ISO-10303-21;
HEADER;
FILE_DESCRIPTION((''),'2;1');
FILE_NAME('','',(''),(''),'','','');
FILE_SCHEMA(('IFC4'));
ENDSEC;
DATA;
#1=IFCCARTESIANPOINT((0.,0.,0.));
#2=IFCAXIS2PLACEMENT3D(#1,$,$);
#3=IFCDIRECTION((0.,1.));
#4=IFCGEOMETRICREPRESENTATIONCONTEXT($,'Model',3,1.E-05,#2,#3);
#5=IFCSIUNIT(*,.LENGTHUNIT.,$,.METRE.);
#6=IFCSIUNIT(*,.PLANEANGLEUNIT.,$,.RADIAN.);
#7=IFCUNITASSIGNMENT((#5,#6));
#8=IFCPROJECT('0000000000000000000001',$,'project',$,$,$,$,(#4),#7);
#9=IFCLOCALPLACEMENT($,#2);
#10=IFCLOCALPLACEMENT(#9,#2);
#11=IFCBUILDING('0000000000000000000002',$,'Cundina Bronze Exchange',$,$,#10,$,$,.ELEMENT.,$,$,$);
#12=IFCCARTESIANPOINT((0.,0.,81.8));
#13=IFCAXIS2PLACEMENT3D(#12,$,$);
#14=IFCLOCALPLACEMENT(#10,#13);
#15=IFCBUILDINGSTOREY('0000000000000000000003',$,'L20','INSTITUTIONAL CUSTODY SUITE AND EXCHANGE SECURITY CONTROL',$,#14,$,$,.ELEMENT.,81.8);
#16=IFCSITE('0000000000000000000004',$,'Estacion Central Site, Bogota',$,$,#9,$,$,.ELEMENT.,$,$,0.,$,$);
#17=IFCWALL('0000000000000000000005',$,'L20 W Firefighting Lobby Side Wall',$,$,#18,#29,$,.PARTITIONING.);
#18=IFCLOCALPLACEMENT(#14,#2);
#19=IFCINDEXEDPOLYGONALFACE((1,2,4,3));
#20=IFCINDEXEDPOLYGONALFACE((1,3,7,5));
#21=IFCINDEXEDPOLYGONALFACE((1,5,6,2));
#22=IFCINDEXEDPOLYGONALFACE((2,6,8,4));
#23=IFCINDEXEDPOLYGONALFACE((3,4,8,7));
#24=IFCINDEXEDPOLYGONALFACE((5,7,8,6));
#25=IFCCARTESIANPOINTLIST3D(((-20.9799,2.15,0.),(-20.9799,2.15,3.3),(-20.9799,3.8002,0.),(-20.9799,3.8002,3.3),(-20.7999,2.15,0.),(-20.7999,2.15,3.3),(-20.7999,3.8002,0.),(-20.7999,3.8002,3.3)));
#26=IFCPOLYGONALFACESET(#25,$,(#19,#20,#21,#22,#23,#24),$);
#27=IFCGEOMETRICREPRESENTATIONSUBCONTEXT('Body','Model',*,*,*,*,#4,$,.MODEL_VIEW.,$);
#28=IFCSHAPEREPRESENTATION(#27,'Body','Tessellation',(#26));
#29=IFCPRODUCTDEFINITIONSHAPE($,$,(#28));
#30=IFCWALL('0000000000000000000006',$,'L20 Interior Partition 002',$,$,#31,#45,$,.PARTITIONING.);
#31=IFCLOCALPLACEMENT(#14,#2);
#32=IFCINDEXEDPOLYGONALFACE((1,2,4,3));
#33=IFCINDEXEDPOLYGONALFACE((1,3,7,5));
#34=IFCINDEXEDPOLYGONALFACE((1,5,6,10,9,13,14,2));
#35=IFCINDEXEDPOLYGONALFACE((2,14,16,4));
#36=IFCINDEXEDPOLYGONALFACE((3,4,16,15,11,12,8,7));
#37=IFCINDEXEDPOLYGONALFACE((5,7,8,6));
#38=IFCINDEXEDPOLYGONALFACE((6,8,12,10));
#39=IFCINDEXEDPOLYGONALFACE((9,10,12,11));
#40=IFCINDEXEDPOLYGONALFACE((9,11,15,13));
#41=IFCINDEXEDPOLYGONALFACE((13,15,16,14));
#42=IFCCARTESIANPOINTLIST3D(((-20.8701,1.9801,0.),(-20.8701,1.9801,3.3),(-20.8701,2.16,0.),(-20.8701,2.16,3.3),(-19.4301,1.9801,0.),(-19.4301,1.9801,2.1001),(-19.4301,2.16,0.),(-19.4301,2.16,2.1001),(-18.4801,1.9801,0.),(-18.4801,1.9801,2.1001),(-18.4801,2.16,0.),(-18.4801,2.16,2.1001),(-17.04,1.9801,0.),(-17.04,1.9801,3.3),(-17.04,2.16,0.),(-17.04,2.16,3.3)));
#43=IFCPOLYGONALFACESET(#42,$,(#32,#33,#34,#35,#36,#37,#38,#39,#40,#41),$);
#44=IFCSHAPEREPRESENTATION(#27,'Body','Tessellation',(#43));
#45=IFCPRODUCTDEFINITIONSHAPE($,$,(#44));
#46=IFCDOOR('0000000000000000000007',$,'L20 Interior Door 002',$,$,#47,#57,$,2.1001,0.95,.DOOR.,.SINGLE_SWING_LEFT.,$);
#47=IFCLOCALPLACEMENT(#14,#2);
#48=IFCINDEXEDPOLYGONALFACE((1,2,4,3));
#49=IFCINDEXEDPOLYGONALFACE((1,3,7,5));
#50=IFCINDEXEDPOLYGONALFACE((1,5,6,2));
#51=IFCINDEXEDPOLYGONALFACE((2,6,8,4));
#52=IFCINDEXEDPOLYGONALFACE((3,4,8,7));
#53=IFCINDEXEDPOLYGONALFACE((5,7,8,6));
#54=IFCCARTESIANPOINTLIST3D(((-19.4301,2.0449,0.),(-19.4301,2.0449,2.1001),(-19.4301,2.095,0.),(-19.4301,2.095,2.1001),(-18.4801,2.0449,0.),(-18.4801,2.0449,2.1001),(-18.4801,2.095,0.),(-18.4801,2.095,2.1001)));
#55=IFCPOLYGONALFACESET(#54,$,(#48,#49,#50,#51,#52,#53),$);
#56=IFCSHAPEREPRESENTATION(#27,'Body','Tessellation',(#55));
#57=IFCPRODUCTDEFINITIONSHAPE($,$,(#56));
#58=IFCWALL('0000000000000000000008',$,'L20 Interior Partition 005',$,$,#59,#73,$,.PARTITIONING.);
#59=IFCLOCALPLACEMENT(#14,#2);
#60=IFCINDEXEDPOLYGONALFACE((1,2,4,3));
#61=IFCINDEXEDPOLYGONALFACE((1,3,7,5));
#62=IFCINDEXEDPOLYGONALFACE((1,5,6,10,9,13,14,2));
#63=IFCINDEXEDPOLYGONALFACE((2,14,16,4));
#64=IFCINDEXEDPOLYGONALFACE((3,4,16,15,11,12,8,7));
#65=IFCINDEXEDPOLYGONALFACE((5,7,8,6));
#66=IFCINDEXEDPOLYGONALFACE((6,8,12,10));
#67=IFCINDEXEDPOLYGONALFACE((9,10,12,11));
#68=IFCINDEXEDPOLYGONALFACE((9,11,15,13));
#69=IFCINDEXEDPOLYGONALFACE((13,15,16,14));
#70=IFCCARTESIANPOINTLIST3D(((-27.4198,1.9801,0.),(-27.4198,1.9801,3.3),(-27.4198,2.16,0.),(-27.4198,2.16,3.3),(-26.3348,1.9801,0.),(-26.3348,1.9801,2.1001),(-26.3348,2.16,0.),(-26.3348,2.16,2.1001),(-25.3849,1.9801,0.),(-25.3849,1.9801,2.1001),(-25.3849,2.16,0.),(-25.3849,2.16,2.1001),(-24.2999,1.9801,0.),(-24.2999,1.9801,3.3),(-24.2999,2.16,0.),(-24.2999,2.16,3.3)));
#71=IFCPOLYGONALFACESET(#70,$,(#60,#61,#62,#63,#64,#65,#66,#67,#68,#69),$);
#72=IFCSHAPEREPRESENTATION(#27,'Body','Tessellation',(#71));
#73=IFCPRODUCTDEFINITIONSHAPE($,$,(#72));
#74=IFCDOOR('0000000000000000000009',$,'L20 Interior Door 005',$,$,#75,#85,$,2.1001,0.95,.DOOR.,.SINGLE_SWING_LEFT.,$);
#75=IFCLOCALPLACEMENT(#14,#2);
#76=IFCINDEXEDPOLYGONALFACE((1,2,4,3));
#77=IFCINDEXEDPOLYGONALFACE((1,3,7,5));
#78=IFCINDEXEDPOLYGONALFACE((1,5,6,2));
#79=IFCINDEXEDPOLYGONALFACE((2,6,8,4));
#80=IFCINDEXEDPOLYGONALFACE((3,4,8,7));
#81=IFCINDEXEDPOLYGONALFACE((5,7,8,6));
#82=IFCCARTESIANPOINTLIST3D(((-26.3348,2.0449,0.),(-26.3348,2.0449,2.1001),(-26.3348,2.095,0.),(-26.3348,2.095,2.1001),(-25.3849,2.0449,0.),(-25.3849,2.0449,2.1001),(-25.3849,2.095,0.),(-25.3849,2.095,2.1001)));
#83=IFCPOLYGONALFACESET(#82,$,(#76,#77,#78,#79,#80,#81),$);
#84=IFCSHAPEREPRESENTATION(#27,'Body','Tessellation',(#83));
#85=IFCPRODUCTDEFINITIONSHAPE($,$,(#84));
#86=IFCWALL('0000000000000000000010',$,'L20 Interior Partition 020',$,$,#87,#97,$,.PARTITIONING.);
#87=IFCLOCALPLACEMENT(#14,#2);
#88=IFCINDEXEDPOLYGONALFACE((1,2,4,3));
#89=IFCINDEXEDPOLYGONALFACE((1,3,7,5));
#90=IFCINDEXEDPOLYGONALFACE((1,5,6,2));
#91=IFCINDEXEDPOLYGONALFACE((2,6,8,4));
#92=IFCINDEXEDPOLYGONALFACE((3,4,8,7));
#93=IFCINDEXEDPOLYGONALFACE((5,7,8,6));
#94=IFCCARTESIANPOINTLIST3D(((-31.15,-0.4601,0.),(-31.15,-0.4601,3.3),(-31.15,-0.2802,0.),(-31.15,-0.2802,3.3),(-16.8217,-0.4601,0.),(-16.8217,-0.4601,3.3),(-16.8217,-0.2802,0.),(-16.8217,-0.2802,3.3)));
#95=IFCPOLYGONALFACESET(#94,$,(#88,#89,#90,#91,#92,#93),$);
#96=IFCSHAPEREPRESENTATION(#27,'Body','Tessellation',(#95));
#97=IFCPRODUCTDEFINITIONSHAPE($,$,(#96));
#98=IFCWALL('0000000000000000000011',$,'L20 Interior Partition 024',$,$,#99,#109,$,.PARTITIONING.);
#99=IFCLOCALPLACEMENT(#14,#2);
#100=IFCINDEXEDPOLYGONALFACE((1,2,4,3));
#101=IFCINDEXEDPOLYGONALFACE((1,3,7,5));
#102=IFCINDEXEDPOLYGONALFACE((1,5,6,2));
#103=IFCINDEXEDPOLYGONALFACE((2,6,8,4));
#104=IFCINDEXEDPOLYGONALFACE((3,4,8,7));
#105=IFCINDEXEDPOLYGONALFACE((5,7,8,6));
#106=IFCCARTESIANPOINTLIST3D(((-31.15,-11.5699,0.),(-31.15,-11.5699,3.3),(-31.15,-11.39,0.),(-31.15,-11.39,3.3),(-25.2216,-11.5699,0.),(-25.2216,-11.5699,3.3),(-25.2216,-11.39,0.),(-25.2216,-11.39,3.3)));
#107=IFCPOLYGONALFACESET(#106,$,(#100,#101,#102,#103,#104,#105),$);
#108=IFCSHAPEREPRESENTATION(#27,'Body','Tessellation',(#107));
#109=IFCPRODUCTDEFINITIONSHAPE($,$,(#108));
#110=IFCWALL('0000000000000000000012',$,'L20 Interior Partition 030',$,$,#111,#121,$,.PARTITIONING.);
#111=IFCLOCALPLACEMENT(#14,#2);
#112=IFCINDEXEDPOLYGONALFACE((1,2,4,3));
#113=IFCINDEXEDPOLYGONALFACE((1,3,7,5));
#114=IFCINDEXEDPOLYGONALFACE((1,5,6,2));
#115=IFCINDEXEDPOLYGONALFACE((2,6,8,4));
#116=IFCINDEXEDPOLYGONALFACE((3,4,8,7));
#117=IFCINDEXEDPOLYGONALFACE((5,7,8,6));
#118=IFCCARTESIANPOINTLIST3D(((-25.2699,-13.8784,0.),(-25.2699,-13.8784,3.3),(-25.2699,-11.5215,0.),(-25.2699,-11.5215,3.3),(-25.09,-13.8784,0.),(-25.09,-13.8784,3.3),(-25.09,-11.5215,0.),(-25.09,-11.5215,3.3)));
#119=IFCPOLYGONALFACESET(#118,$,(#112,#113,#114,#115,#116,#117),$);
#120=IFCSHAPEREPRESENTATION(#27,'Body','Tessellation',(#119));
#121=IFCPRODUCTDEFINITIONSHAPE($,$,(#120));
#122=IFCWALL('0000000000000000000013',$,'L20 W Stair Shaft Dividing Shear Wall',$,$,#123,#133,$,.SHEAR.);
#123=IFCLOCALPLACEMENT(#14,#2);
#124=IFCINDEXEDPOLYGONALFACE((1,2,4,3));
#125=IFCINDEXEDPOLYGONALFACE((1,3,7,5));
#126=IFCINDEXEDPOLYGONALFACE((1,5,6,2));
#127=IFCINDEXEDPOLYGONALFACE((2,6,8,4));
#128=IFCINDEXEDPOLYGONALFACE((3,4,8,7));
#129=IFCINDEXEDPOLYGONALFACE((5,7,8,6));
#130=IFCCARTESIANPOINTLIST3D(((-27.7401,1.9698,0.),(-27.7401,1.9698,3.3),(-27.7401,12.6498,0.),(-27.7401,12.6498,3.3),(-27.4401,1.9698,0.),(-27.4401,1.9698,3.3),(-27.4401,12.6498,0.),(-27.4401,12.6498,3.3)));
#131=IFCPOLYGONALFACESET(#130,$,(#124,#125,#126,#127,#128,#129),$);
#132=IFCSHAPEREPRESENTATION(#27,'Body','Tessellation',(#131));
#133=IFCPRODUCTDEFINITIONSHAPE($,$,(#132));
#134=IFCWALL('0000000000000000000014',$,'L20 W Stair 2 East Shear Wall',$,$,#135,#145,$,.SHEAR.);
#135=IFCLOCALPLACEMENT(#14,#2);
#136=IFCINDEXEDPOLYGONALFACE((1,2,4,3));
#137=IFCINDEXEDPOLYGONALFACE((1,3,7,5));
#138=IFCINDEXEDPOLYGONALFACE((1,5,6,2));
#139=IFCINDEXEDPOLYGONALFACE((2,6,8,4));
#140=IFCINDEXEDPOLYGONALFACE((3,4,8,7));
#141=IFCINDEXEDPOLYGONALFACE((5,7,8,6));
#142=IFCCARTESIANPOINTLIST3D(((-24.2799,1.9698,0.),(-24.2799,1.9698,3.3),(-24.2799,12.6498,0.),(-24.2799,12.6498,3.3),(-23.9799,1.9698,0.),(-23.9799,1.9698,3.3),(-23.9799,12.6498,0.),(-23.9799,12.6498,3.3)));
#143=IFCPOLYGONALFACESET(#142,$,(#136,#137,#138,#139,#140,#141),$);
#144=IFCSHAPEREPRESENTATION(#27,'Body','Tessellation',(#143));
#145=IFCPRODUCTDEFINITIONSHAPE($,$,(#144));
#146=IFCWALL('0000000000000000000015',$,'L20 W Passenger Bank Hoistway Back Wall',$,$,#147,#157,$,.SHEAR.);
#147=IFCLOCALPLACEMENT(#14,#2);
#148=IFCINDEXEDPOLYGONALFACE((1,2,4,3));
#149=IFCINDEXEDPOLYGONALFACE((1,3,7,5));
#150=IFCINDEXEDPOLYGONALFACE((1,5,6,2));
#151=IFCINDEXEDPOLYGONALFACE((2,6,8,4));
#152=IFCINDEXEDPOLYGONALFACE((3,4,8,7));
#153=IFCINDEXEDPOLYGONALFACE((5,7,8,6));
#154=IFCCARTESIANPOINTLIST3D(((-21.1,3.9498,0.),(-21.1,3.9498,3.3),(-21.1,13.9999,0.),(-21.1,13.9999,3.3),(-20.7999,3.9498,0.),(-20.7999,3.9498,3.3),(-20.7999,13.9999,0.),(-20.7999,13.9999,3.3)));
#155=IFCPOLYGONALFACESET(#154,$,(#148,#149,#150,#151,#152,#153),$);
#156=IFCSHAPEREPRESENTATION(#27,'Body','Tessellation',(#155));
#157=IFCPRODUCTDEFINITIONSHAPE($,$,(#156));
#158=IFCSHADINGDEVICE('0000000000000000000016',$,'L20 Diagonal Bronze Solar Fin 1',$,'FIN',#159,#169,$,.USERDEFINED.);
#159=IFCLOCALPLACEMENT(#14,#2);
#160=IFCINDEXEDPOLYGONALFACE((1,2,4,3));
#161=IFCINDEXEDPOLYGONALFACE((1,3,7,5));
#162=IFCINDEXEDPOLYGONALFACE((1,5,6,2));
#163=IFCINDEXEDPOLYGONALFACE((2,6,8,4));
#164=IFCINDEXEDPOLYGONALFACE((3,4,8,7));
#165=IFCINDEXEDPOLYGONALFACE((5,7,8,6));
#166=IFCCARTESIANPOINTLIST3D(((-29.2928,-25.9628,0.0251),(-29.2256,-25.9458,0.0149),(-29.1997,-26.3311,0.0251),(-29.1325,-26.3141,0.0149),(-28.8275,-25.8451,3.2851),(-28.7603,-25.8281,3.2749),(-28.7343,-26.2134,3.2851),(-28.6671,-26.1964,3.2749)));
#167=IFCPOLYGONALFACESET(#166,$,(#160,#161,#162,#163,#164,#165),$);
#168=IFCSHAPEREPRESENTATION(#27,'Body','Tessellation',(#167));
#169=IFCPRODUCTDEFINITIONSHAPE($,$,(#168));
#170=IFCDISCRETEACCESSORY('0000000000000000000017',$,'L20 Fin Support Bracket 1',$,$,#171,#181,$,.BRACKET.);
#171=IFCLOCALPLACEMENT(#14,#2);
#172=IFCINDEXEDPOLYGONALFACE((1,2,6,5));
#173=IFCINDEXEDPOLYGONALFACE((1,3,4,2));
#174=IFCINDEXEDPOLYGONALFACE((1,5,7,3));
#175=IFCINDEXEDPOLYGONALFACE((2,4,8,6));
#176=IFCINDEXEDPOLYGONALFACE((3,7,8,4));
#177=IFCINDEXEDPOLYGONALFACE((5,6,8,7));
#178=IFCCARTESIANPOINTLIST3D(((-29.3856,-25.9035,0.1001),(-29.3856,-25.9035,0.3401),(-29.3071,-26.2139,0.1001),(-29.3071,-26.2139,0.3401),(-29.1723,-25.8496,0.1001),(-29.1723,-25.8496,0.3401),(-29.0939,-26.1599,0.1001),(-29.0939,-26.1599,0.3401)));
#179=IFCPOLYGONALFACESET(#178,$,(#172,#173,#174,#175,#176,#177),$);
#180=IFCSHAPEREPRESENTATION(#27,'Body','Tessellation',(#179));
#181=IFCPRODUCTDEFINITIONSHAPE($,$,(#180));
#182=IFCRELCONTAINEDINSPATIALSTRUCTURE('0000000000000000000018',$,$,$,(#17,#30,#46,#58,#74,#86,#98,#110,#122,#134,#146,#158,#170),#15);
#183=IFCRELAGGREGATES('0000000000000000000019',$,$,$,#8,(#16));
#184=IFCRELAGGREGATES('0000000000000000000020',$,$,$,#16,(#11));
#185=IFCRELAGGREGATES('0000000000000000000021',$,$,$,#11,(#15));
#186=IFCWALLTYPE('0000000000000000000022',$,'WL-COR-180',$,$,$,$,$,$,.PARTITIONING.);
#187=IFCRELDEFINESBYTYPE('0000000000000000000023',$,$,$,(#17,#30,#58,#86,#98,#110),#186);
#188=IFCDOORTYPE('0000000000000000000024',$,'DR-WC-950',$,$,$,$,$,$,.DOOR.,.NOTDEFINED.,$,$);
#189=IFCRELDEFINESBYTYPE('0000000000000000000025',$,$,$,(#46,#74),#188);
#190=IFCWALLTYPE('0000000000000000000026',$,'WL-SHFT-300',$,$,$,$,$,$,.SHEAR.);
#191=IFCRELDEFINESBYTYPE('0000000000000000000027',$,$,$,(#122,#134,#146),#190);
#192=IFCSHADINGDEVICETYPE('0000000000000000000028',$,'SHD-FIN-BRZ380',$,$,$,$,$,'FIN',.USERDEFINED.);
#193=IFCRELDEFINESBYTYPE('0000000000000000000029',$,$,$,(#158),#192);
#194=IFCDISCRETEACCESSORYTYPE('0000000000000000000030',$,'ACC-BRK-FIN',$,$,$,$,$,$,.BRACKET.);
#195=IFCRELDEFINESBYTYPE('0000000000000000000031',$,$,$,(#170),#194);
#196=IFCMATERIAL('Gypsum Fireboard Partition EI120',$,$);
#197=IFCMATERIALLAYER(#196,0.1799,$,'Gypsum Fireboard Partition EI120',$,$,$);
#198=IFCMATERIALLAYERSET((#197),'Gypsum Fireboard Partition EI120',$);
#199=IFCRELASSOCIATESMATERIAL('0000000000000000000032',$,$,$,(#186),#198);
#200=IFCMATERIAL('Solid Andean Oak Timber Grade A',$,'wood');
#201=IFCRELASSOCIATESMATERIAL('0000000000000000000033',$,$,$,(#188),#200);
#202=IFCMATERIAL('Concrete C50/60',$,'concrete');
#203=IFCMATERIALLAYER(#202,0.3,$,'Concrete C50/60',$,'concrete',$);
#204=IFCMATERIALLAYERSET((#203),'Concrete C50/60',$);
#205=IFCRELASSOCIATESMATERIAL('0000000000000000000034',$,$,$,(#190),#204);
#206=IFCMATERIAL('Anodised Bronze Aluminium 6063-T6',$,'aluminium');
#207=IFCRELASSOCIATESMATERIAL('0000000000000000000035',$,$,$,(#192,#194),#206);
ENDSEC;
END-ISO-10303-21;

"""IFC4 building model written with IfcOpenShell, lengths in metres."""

from ifc_helpers import new_model, si_unit, direction, frame, frame_2d, origin, origin_2d, place, context, subcontext, project, spatial, rectangle, extrude, material, layer, layer_set, material_profile, profile_set, type_object, element, fill, save


model = new_model("IFC4")

# Units and contexts
model_context = context("Model", 3, precision=1e-05, world=origin(), true_north=direction((0.0, 1.0)))
body_context = subcontext(model_context, "Body", "Model", "MODEL_VIEW")
ifc_project = project(units=[si_unit("LENGTHUNIT", "METRE"), si_unit("PLANEANGLEUNIT", "RADIAN")], contexts=[model_context])

# Site, building, storey
site_placement = place(None, origin())
site = spatial("IfcSite", under=ifc_project, at=site_placement, Name="Estacion Central Site, Bogota", CompositionType="ELEMENT", RefElevation=0.0)
building_placement = place(site_placement, origin())
building = spatial("IfcBuilding", under=site, at=building_placement, Name="Cundina Bronze Exchange", CompositionType="ELEMENT")
storey_placement = place(building_placement, frame((0.0, 0.0, 81.8)))
storey = spatial("IfcBuildingStorey", under=building, at=storey_placement, Name="L20", Description="INSTITUTIONAL CUSTODY SUITE AND EXCHANGE SECURITY CONTROL", CompositionType="ELEMENT", Elevation=81.8)

# Shared definitions
ifc_material_1 = material(Name="Anodised Bronze Aluminium 6063-T6", Category="aluminium")

# Wall
ifc_material_2 = material(Name="Gypsum Fireboard Partition EI120")
ifc_layer_1 = layer(ifc_material_2, 0.1799, Name="Gypsum Fireboard Partition EI120")
ifc_layer_set_1 = layer_set([ifc_layer_1], Name="Gypsum Fireboard Partition EI120")
wall_type_1 = type_object("IfcWallType", Name="WL-COR-180", PredefinedType="PARTITIONING", material=ifc_layer_set_1)
wall_1_placement = place(storey_placement, frame((-20.8899, 2.1499, 0.0), z_axis=(0.0, 0.0, 1.0), x_axis=(0.0, 1.0, 0.0)))
element("IfcWall", 1, at=wall_1_placement, inside=storey, type_object=wall_type_1, Name="L20 W Firefighting Lobby Side Wall", PredefinedType="PARTITIONING", context=body_context, shape_type="SweptSolid", body=[
    extrude(rectangle(XDim=1.6501, YDim=0.1799, at=frame_2d((0.8252, 0.0))), origin(), (0.0, 0.0, 1.0), 3.3),
])

# Walls, openings, doors
wall_2_placement = place(storey_placement, frame((-20.8701, 2.0701, 0.0), z_axis=(0.0, 0.0, 1.0), x_axis=(1.0, 0.0, 0.0)))
wall_2 = element("IfcWall", 2, at=wall_2_placement, inside=storey, type_object=wall_type_1, Name="L20 Interior Partition 002", PredefinedType="PARTITIONING", context=body_context, shape_type="SweptSolid", body=[
    extrude(rectangle(XDim=3.8301, YDim=0.1799, at=frame_2d((1.915, 0.0))), origin(), (0.0, 0.0, 1.0), 3.3),
])
opening_1_placement = place(wall_2_placement, frame((1.4399, 0.0, 0.0)))
opening_1 = element("IfcOpeningElement", 3, at=opening_1_placement, cuts=wall_2, PredefinedType="OPENING", context=body_context, shape_type="SweptSolid", body=[
    extrude(rectangle(XDim=0.95, YDim=2.1001, at=frame_2d((0.4751, 1.05))), frame((0.0, 0.0999, 0.0), z_axis=(0.0, -1.0, 0.0), x_axis=(1.0, 0.0, 0.0)), (0.0, 0.0, 1.0), 0.2),
])
ifc_material_3 = material(Name="Solid Andean Oak Timber Grade A", Category="wood")
door_type_1 = type_object("IfcDoorType", Name="DR-WC-950", OperationType="NOTDEFINED", PredefinedType="DOOR", material=ifc_material_3)
door_1_placement = place(opening_1_placement, origin())
door_1 = element("IfcDoor", 4, at=door_1_placement, inside=storey, type_object=door_type_1, Name="L20 Interior Door 002", OperationType="SINGLE_SWING_LEFT", OverallHeight=2.1001, OverallWidth=0.95, PredefinedType="DOOR", context=body_context, shape_type="SweptSolid", body=[
    extrude(rectangle(XDim=0.95, YDim=2.1001, at=frame_2d((0.4751, 1.05))), frame((0.0, 0.0249, 0.0), z_axis=(0.0, -1.0, 0.0), x_axis=(1.0, 0.0, 0.0)), (0.0, 0.0, 1.0), 0.05),
])
fill(opening_1, door_1)
wall_3_placement = place(storey_placement, frame((-27.4199, 2.0701, 0.0), z_axis=(0.0, 0.0, 1.0), x_axis=(1.0, 0.0, 0.0)))
wall_3 = element("IfcWall", 5, at=wall_3_placement, inside=storey, type_object=wall_type_1, Name="L20 Interior Partition 005", PredefinedType="PARTITIONING", context=body_context, shape_type="SweptSolid", body=[
    extrude(rectangle(XDim=3.1199, YDim=0.1799, at=frame_2d((1.5601, 0.0))), origin(), (0.0, 0.0, 1.0), 3.3),
])
opening_2_placement = place(wall_3_placement, frame((1.085, 0.0, 0.0)))
opening_2 = element("IfcOpeningElement", 6, at=opening_2_placement, cuts=wall_3, PredefinedType="OPENING", context=body_context, shape_type="SweptSolid", body=[
    extrude(rectangle(XDim=0.95, YDim=2.1001, at=frame_2d((0.4751, 1.05))), frame((0.0, 0.0999, 0.0), z_axis=(0.0, -1.0, 0.0), x_axis=(1.0, 0.0, 0.0)), (0.0, 0.0, 1.0), 0.2),
])
door_2_placement = place(opening_2_placement, origin())
door_2 = element("IfcDoor", 7, at=door_2_placement, inside=storey, type_object=door_type_1, Name="L20 Interior Door 005", OperationType="SINGLE_SWING_LEFT", OverallHeight=2.1001, OverallWidth=0.95, PredefinedType="DOOR", context=body_context, shape_type="SweptSolid", body=[
    extrude(rectangle(XDim=0.95, YDim=2.1001, at=frame_2d((0.4751, 1.05))), frame((0.0, 0.0249, 0.0), z_axis=(0.0, -1.0, 0.0), x_axis=(1.0, 0.0, 0.0)), (0.0, 0.0, 1.0), 0.05),
])
fill(opening_2, door_2)

# Walls
wall_4_placement = place(storey_placement, frame((-31.1499, -0.3701, 0.0), z_axis=(0.0, 0.0, 1.0), x_axis=(1.0, 0.0, 0.0)))
element("IfcWall", 8, at=wall_4_placement, inside=storey, type_object=wall_type_1, Name="L20 Interior Partition 020", PredefinedType="PARTITIONING", context=body_context, shape_type="SweptSolid", body=[
    extrude(rectangle(XDim=14.3284, YDim=0.1799, at=frame_2d((7.1641, 0.0))), origin(), (0.0, 0.0, 1.0), 3.3),
])
wall_5_placement = place(storey_placement, frame((-25.2214, -11.48, 0.0), z_axis=(0.0, 0.0, 1.0), x_axis=(-1.0, 0.0, 0.0)))
element("IfcWall", 9, at=wall_5_placement, inside=storey, type_object=wall_type_1, Name="L20 Interior Partition 024", PredefinedType="PARTITIONING", context=body_context, shape_type="SweptSolid", body=[
    extrude(rectangle(XDim=5.9285, YDim=0.1799, at=frame_2d((2.9644, 0.0))), origin(), (0.0, 0.0, 1.0), 3.3),
])
wall_6_placement = place(storey_placement, frame((-25.1799, -13.8784, 0.0), z_axis=(0.0, 0.0, 1.0), x_axis=(0.0, 1.0, 0.0)))
element("IfcWall", 10, at=wall_6_placement, inside=storey, type_object=wall_type_1, Name="L20 Interior Partition 030", PredefinedType="PARTITIONING", context=body_context, shape_type="SweptSolid", body=[
    extrude(rectangle(XDim=2.3569, YDim=0.1799, at=frame_2d((1.1785, 0.0))), origin(), (0.0, 0.0, 1.0), 3.3),
])
ifc_material_4 = material(Name="Concrete C50/60", Category="concrete")
ifc_layer_2 = layer(ifc_material_4, 0.3, Name="Concrete C50/60", Category="concrete")
ifc_layer_set_2 = layer_set([ifc_layer_2], Name="Concrete C50/60")
wall_type_2 = type_object("IfcWallType", Name="WL-SHFT-300", PredefinedType="SHEAR", material=ifc_layer_set_2)
for number, where, z_axis, x_axis, name in (
    (11, (-27.5901, 1.97, 0.0), (0.0, 0.0, 1.0), (0.0, 1.0, 0.0), "L20 W Stair Shaft Dividing Shear Wall"),
    (12, (-24.1299, 1.97, 0.0), (0.0, 0.0, 1.0), (0.0, 1.0, 0.0), "L20 W Stair 2 East Shear Wall"),
):
    element("IfcWall", number, at=place(storey_placement, frame(where, z_axis=z_axis, x_axis=x_axis)), inside=storey, type_object=wall_type_2, Name=name, PredefinedType="SHEAR", context=body_context, shape_type="SweptSolid", body=[
        extrude(rectangle(XDim=10.6799, YDim=0.3, at=frame_2d((5.3398, 0.0))), origin(), (0.0, 0.0, 1.0), 3.3),
    ])
wall_7_placement = place(storey_placement, frame((-20.95, 3.95, 0.0), z_axis=(0.0, 0.0, 1.0), x_axis=(0.0, 1.0, 0.0)))
element("IfcWall", 13, at=wall_7_placement, inside=storey, type_object=wall_type_2, Name="L20 W Passenger Bank Hoistway Back Wall", PredefinedType="SHEAR", context=body_context, shape_type="SweptSolid", body=[
    extrude(rectangle(XDim=10.05, YDim=0.3, at=frame_2d((5.0249, 0.0))), origin(), (0.0, 0.0, 1.0), 3.3),
])

# Shading device
ifc_material_profile_1 = material_profile(ifc_material_1, rectangle(XDim=0.0701, YDim=0.3799, at=origin_2d()), Name="FIN70X380", Category="aluminium")
ifc_profile_set_1 = profile_set([ifc_material_profile_1], Name="Anodised Bronze Aluminium 6063-T6")
shading_device_type = type_object("IfcShadingDeviceType", Name="SHD-FIN-BRZ380", ElementType="FIN", PredefinedType="USERDEFINED", material=ifc_profile_set_1)
shading_device_placement = place(storey_placement, frame((-29.2126, -26.1384, 0.02), z_axis=(0.141217, 0.035712, 0.989334), x_axis=(-0.959141, -0.242553, 0.145663)))
element("IfcShadingDevice", 14, at=shading_device_placement, inside=storey, type_object=shading_device_type, Name="L20 Diagonal Bronze Solar Fin 1", ObjectType="FIN", PredefinedType="USERDEFINED", context=body_context, shape_type="SweptSolid", body=[
    extrude(rectangle(XDim=0.0701, YDim=0.3799, at=origin_2d()), origin(), (0.0, 0.0, 1.0), 3.2952),
])

# Discrete accessory
discrete_accessory_type = type_object("IfcDiscreteAccessoryType", Name="ACC-BRK-FIN", PredefinedType="BRACKET", material=ifc_material_1)
discrete_accessory_placement = place(storey_placement, frame((-29.2397, -26.0317, 0.1001), z_axis=(0.0, 0.0, 1.0), x_axis=(0.969488, 0.245138, 0.0)))
element("IfcDiscreteAccessory", 15, at=discrete_accessory_placement, inside=storey, type_object=discrete_accessory_type, Name="L20 Fin Support Bracket 1", PredefinedType="BRACKET", context=body_context, shape_type="SweptSolid", body=[
    extrude(rectangle(XDim=0.22, YDim=0.3201, at=origin_2d()), origin(), (0.0, 0.0, 1.0), 0.24),
])

save(model, "model.ifc")
